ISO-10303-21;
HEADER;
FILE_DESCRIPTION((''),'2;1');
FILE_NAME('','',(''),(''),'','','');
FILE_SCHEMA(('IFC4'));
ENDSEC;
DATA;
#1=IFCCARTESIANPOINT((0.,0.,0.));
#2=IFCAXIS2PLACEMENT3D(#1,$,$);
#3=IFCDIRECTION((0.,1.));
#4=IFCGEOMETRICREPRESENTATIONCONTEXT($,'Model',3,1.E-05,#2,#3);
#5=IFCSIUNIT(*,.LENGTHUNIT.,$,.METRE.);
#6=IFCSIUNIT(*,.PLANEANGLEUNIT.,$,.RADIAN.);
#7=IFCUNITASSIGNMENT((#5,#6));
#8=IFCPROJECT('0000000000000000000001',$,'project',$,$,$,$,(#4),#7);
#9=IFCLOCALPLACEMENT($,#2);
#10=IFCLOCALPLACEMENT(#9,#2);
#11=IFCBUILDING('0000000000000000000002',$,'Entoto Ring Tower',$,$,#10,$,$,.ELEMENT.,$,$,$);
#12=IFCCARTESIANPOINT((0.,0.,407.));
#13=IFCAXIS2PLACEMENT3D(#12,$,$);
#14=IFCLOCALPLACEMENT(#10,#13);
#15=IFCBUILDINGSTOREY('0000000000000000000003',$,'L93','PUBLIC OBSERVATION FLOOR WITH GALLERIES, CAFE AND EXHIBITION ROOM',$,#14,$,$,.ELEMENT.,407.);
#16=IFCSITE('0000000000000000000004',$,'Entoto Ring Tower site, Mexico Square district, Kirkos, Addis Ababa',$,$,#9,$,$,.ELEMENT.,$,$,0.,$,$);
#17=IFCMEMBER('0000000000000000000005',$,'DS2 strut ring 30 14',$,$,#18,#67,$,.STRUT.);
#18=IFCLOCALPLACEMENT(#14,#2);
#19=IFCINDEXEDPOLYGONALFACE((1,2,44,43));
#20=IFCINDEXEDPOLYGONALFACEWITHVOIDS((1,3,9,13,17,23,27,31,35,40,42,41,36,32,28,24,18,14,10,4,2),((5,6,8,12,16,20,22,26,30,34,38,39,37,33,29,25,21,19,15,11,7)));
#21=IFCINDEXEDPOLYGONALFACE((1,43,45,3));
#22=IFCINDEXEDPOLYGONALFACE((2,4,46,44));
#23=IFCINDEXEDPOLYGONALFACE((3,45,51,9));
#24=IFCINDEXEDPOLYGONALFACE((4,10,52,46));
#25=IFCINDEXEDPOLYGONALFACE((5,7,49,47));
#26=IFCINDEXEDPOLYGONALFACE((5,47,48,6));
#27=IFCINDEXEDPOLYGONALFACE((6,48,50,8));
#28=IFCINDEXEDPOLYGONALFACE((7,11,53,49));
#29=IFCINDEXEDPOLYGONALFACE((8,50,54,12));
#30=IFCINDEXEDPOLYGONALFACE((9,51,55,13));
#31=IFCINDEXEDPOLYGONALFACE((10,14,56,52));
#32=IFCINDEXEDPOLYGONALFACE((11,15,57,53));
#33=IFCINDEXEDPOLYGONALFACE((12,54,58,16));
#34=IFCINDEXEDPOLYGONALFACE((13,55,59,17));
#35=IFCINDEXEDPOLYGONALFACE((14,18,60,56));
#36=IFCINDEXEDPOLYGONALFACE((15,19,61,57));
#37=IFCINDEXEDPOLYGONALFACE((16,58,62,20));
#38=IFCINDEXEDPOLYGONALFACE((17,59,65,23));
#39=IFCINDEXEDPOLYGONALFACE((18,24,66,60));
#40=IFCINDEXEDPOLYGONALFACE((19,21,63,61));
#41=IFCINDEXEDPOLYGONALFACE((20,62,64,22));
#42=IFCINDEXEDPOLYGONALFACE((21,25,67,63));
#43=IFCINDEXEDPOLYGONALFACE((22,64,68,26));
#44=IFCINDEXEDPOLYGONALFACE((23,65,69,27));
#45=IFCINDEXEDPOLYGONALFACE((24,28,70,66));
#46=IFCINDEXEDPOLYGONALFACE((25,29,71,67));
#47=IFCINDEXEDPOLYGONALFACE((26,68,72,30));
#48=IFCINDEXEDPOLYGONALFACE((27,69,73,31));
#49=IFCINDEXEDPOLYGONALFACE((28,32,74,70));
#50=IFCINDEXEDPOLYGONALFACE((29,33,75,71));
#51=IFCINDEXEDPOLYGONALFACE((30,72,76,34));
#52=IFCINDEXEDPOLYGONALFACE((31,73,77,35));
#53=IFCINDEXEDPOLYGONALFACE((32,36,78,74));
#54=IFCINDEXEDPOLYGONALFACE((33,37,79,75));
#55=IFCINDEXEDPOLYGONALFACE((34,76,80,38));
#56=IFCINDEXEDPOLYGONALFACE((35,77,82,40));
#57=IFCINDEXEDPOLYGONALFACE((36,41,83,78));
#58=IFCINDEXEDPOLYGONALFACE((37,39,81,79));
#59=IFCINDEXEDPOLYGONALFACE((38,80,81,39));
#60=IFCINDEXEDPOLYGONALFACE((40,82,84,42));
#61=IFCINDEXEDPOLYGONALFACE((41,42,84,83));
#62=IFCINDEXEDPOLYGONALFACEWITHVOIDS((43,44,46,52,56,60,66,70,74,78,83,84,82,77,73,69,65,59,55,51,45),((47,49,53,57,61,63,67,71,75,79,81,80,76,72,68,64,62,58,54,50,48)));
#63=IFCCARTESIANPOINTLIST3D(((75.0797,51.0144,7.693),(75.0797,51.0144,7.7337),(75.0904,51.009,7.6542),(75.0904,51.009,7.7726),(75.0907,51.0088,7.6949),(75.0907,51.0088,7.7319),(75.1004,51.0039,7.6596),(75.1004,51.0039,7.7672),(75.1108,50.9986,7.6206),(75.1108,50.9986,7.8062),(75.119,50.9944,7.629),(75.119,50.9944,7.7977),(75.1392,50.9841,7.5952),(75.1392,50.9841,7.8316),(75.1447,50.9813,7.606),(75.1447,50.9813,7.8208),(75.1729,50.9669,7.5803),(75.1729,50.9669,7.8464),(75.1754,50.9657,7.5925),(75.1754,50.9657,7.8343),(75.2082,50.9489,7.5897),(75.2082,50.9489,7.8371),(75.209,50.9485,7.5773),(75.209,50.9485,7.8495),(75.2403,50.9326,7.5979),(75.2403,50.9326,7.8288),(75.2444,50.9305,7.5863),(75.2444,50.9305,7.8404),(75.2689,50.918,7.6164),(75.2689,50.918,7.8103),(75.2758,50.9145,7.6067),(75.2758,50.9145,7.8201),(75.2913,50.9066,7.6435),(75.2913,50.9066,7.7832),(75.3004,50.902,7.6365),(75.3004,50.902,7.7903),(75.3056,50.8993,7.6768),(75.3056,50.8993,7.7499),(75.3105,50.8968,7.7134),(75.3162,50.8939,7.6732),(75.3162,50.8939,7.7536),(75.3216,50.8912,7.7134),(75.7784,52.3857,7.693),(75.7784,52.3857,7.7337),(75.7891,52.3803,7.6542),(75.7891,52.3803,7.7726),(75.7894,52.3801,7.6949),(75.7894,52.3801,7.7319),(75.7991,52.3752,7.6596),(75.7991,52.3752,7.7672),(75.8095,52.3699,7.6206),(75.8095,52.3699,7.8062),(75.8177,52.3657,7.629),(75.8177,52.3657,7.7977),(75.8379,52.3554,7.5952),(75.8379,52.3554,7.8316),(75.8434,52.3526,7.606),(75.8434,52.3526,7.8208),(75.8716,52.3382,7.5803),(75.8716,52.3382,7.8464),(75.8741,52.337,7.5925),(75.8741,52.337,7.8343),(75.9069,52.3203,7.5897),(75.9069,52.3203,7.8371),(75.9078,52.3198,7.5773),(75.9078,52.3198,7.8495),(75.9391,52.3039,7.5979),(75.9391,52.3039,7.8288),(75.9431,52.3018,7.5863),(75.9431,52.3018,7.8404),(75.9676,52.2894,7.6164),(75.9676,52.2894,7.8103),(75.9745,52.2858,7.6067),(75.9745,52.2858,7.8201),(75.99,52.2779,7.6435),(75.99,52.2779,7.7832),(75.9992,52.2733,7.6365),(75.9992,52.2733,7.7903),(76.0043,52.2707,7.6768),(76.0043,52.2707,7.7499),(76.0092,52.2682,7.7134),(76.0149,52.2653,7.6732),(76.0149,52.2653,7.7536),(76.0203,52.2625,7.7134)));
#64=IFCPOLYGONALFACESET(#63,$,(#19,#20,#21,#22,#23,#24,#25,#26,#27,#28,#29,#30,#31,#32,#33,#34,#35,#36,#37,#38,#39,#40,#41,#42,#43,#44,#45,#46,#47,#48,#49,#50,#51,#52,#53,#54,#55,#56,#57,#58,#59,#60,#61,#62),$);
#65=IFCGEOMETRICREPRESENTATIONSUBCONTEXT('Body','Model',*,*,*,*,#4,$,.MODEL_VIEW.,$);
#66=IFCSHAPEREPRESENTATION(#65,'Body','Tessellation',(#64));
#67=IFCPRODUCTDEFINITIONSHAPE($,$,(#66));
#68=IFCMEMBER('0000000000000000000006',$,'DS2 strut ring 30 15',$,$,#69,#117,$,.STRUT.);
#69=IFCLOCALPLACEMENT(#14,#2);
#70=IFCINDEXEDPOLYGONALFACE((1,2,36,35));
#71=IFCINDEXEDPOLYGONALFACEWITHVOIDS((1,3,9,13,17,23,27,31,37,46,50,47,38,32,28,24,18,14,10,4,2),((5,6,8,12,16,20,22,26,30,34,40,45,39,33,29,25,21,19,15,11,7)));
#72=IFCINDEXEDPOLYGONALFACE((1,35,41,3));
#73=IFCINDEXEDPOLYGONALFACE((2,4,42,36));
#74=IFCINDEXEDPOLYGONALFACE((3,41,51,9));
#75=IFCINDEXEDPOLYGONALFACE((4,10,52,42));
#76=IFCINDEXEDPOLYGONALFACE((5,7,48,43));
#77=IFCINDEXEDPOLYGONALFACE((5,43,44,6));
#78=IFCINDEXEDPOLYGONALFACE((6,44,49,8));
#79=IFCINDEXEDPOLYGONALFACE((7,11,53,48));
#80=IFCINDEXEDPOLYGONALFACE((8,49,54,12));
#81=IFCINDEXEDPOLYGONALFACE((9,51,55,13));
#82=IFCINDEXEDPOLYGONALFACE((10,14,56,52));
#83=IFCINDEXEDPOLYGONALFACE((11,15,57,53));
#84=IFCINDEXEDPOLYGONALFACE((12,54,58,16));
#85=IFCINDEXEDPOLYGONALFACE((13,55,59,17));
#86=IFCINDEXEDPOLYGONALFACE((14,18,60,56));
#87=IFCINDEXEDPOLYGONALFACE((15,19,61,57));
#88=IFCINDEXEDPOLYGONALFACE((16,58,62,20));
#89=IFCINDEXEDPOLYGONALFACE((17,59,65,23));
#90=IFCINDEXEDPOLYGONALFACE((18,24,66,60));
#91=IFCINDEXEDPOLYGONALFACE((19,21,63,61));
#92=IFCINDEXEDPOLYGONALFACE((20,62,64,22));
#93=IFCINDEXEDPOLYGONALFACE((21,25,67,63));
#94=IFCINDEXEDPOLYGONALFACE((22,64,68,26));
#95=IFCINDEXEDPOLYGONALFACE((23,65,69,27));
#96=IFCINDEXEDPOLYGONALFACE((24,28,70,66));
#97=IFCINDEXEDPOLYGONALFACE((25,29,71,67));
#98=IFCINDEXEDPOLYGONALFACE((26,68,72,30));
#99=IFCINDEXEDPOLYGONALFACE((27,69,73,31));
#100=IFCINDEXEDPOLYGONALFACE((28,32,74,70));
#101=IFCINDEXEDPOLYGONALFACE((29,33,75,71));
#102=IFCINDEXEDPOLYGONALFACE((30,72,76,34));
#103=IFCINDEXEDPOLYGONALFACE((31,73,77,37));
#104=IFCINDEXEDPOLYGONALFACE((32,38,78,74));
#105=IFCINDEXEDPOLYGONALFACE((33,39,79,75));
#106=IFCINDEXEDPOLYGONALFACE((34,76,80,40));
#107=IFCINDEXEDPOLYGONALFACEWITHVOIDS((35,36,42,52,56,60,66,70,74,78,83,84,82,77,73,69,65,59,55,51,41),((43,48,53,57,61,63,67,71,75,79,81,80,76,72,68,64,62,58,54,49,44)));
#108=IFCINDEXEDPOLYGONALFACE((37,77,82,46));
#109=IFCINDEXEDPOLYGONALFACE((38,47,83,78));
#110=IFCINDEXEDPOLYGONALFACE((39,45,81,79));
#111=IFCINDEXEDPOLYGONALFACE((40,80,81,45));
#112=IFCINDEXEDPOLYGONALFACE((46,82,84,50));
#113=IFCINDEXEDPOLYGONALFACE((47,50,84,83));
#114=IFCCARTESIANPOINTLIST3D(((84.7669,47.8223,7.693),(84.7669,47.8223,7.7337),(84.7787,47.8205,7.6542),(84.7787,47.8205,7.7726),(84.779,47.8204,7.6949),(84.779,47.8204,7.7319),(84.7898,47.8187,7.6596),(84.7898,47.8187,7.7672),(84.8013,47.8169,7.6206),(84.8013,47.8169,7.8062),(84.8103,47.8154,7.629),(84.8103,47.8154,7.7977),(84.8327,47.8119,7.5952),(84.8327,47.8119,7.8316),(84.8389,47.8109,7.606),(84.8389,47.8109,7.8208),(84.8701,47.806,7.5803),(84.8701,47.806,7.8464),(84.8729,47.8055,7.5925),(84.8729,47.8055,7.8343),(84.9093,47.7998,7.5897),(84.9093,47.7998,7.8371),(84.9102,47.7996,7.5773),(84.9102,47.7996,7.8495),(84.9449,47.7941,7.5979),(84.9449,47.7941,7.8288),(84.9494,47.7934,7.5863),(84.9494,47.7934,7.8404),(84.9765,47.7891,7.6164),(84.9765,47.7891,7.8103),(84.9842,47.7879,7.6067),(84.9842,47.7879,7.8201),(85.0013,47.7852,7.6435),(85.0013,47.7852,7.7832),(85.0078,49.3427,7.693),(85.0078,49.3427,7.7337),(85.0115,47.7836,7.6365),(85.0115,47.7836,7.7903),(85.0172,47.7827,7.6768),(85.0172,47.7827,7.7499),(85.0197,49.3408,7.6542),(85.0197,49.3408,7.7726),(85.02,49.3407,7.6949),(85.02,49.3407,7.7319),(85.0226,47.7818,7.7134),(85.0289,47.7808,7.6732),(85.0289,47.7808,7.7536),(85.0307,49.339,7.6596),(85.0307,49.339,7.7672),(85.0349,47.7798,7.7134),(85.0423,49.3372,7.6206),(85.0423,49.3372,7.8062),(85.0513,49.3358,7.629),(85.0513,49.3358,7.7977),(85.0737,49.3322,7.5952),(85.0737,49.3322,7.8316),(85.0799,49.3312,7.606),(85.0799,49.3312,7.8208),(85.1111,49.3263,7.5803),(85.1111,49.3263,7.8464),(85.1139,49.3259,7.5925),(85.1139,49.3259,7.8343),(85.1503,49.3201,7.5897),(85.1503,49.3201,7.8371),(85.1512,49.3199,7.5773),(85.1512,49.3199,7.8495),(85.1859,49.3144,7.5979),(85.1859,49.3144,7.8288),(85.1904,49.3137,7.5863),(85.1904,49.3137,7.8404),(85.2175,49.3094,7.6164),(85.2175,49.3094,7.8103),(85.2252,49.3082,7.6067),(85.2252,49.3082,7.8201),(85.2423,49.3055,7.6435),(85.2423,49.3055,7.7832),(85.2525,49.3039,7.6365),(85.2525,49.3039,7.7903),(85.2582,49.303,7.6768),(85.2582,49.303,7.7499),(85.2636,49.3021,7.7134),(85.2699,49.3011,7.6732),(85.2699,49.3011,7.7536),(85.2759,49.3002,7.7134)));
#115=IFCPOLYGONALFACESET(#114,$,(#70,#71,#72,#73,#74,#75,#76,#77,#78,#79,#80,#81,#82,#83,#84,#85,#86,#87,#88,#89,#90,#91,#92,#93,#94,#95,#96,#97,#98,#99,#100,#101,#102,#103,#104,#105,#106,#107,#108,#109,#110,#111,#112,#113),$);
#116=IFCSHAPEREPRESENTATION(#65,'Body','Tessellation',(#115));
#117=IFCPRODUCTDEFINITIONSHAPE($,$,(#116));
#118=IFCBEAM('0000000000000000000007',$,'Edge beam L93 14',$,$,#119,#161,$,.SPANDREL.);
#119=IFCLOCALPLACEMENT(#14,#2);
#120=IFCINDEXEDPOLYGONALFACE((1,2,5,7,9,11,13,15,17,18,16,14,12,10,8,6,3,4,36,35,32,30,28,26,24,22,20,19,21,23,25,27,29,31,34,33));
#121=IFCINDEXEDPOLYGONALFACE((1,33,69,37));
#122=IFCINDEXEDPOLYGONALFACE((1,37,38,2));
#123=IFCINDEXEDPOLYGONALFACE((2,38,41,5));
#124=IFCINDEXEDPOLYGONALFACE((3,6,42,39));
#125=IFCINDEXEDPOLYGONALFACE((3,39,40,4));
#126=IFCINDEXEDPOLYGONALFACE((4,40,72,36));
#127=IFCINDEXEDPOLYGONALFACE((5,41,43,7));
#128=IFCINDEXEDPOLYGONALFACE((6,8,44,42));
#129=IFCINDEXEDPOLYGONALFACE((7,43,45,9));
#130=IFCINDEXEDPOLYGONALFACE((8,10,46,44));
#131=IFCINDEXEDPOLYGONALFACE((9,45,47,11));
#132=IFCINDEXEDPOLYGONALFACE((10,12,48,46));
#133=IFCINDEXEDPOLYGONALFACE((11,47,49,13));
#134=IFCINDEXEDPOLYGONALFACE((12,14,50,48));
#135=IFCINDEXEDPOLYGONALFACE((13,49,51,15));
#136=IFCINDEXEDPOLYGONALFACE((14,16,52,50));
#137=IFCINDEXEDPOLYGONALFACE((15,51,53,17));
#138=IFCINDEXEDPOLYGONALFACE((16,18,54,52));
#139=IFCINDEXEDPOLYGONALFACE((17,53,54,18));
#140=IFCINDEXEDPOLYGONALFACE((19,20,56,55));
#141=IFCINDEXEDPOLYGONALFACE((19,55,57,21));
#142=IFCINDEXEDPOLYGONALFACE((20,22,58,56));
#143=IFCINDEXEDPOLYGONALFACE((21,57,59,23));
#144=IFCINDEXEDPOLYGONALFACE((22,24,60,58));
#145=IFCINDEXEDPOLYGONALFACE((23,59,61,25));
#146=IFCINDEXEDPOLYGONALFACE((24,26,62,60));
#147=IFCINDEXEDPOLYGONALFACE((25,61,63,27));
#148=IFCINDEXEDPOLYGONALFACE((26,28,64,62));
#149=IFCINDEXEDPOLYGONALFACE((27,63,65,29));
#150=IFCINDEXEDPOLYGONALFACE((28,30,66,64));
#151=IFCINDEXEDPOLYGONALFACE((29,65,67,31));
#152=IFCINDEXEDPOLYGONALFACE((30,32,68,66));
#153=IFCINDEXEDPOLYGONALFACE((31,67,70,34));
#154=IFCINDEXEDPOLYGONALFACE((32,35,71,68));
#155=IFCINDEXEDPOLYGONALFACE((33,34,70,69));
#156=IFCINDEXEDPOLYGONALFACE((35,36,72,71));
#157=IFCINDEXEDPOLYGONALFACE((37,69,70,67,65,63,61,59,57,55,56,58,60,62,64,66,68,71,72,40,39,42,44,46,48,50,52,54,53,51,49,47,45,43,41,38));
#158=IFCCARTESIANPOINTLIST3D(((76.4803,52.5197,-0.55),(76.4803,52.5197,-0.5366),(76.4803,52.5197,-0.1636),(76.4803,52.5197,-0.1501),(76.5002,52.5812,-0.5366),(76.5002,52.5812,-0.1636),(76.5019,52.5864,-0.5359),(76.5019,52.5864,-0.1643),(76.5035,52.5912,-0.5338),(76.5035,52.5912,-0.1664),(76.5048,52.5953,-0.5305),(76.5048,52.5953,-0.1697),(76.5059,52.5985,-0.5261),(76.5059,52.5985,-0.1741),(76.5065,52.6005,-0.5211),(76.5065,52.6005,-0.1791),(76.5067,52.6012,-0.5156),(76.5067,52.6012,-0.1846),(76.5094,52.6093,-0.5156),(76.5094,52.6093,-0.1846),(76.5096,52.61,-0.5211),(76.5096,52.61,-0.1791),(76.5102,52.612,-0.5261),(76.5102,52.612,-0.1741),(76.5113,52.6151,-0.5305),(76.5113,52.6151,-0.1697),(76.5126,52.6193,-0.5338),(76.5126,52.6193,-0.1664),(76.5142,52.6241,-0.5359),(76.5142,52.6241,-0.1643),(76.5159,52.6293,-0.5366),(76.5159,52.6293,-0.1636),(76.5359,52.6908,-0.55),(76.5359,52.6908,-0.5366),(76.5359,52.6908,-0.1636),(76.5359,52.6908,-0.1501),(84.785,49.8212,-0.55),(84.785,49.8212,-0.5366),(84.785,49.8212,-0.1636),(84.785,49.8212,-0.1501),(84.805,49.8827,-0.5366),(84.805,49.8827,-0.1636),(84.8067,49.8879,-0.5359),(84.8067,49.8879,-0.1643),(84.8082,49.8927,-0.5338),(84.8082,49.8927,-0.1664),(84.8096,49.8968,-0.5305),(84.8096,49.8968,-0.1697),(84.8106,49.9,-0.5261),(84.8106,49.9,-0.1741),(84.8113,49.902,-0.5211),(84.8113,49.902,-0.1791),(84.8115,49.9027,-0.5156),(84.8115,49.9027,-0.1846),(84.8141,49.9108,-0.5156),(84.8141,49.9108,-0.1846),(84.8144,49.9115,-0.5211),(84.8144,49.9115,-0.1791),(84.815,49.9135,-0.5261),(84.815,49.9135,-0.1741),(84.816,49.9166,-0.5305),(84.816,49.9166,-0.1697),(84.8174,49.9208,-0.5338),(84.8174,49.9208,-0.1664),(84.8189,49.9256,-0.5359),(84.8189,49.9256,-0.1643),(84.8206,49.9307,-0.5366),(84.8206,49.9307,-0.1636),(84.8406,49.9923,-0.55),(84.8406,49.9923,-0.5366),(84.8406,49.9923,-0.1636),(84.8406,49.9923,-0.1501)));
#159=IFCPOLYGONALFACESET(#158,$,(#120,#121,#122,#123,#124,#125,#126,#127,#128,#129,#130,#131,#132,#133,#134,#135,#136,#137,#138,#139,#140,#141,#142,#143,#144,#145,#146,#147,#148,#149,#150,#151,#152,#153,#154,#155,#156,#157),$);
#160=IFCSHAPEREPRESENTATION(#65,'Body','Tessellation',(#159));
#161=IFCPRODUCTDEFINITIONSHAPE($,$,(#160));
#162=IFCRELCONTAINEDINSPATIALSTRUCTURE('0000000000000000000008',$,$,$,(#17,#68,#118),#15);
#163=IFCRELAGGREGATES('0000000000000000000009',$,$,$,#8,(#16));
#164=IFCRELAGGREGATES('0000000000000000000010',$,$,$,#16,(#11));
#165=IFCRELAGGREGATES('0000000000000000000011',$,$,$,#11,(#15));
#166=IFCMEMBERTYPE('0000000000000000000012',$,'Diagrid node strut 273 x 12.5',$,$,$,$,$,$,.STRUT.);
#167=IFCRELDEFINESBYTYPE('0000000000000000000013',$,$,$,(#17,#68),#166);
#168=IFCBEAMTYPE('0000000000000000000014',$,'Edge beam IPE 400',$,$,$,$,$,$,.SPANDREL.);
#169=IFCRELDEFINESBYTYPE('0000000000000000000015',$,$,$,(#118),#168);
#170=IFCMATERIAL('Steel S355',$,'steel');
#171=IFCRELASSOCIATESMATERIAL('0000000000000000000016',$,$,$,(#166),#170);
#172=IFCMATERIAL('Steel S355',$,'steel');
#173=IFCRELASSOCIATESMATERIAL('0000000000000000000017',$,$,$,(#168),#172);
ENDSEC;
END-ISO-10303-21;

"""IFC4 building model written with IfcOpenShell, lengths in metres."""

from ifc_helpers import new_model, si_unit, direction, frame, origin, origin_2d, place, context, subcontext, project, spatial, circle, hollow_circle, i_section, extrude, material, material_profile, profile_set, type_object, element, save


model = new_model("IFC4")

# Units and contexts
model_context = context("Model", 3, precision=1e-05, world=origin(), true_north=direction((0.0, 1.0)))
body_context = subcontext(model_context, "Body", "Model", "MODEL_VIEW")
ifc_project = project(units=[si_unit("LENGTHUNIT", "METRE"), si_unit("PLANEANGLEUNIT", "RADIAN")], contexts=[model_context])

# Site, building, storey
site_placement = place(None, origin())
site = spatial("IfcSite", under=ifc_project, at=site_placement, Name="Entoto Ring Tower site, Mexico Square district, Kirkos, Addis Ababa", CompositionType="ELEMENT", RefElevation=0.0)
building_placement = place(site_placement, origin())
building = spatial("IfcBuilding", under=site, at=building_placement, Name="Entoto Ring Tower", CompositionType="ELEMENT")
storey_placement = place(building_placement, frame((0.0, 0.0, 407.0)))
storey = spatial("IfcBuildingStorey", under=building, at=storey_placement, Name="L93", Description="PUBLIC OBSERVATION FLOOR WITH GALLERIES, CAFE AND EXHIBITION ROOM", CompositionType="ELEMENT", Elevation=407.0)

# Members
ifc_material_1 = material(Name="Steel S355", Category="steel")
ifc_material_profile_1 = material_profile(ifc_material_1, hollow_circle(Radius=0.1365, WallThickness=0.0125, at=origin_2d()), Name="CHS 273 x 12.5")
ifc_material_2 = material(Name="Concrete C60/75", Category="concrete")
ifc_material_profile_2 = material_profile(ifc_material_2, circle(Radius=0.124, at=origin_2d()), Name="Concrete C60/75 infill")
ifc_profile_set_1 = profile_set([ifc_material_profile_1, ifc_material_profile_2], Name="Steel S355")
member_type = type_object("IfcMemberType", Name="Diagrid node strut 273 x 12.5", PredefinedType="STRUT", material=ifc_profile_set_1)
member_1_placement = place(storey_placement, frame((75.8987, 52.3245, 7.7134), z_axis=(-0.45399, -0.891007, 0.0), x_axis=(0.891007, -0.45399, 0.0)))
element("IfcMember", 1, at=member_1_placement, inside=storey, type_object=member_type, Name="DS2 strut ring 30 14", PredefinedType="STRUT", context=body_context, shape_type="SweptSolid", body=[
    extrude(hollow_circle(Radius=0.1365, WallThickness=0.0125, at=origin_2d()), origin(), (0.0, 0.0, 1.0), 1.5391),
])
member_2_placement = place(storey_placement, frame((85.1411, 49.3215, 7.7134), z_axis=(-0.156549, -0.98767, 0.0), x_axis=(0.98767, -0.156549, 0.0)))
element("IfcMember", 2, at=member_2_placement, inside=storey, type_object=member_type, Name="DS2 strut ring 30 15", PredefinedType="STRUT", context=body_context, shape_type="SweptSolid", body=[
    extrude(hollow_circle(Radius=0.1365, WallThickness=0.0125, at=origin_2d()), origin(), (0.0, 0.0, 1.0), 1.5393),
])

# Beam
ifc_material_3 = material(Name="Steel S355", Category="steel")
ifc_material_profile_3 = material_profile(ifc_material_3, i_section(OverallWidth=0.1799, OverallDepth=0.3999, WebThickness=0.0085, FlangeThickness=0.0134, FilletRadius=0.021, at=origin_2d()), Name="IPE 400")
ifc_profile_set_2 = profile_set([ifc_material_profile_3], Name="Steel S355")
beam_type_1 = type_object("IfcBeamType", Name="Edge beam IPE 400", PredefinedType="SPANDREL", material=ifc_profile_set_2)
beam_1_placement = place(storey_placement, frame((76.5081, 52.6052, -0.3501), z_axis=(0.951052, -0.30903, 0.0), x_axis=(0.30903, 0.951052, 0.0)))
element("IfcBeam", 3, at=beam_1_placement, inside=storey, type_object=beam_type_1, Name="Edge beam L93 14", PredefinedType="SPANDREL", context=body_context, shape_type="SweptSolid", body=[
    extrude(i_section(OverallWidth=0.1799, OverallDepth=0.3999, WebThickness=0.0085, FlangeThickness=0.0134, FilletRadius=0.021, at=origin_2d()), origin(), (0.0, 0.0, 1.0), 8.7322),
])

save(model, "model.ifc")
